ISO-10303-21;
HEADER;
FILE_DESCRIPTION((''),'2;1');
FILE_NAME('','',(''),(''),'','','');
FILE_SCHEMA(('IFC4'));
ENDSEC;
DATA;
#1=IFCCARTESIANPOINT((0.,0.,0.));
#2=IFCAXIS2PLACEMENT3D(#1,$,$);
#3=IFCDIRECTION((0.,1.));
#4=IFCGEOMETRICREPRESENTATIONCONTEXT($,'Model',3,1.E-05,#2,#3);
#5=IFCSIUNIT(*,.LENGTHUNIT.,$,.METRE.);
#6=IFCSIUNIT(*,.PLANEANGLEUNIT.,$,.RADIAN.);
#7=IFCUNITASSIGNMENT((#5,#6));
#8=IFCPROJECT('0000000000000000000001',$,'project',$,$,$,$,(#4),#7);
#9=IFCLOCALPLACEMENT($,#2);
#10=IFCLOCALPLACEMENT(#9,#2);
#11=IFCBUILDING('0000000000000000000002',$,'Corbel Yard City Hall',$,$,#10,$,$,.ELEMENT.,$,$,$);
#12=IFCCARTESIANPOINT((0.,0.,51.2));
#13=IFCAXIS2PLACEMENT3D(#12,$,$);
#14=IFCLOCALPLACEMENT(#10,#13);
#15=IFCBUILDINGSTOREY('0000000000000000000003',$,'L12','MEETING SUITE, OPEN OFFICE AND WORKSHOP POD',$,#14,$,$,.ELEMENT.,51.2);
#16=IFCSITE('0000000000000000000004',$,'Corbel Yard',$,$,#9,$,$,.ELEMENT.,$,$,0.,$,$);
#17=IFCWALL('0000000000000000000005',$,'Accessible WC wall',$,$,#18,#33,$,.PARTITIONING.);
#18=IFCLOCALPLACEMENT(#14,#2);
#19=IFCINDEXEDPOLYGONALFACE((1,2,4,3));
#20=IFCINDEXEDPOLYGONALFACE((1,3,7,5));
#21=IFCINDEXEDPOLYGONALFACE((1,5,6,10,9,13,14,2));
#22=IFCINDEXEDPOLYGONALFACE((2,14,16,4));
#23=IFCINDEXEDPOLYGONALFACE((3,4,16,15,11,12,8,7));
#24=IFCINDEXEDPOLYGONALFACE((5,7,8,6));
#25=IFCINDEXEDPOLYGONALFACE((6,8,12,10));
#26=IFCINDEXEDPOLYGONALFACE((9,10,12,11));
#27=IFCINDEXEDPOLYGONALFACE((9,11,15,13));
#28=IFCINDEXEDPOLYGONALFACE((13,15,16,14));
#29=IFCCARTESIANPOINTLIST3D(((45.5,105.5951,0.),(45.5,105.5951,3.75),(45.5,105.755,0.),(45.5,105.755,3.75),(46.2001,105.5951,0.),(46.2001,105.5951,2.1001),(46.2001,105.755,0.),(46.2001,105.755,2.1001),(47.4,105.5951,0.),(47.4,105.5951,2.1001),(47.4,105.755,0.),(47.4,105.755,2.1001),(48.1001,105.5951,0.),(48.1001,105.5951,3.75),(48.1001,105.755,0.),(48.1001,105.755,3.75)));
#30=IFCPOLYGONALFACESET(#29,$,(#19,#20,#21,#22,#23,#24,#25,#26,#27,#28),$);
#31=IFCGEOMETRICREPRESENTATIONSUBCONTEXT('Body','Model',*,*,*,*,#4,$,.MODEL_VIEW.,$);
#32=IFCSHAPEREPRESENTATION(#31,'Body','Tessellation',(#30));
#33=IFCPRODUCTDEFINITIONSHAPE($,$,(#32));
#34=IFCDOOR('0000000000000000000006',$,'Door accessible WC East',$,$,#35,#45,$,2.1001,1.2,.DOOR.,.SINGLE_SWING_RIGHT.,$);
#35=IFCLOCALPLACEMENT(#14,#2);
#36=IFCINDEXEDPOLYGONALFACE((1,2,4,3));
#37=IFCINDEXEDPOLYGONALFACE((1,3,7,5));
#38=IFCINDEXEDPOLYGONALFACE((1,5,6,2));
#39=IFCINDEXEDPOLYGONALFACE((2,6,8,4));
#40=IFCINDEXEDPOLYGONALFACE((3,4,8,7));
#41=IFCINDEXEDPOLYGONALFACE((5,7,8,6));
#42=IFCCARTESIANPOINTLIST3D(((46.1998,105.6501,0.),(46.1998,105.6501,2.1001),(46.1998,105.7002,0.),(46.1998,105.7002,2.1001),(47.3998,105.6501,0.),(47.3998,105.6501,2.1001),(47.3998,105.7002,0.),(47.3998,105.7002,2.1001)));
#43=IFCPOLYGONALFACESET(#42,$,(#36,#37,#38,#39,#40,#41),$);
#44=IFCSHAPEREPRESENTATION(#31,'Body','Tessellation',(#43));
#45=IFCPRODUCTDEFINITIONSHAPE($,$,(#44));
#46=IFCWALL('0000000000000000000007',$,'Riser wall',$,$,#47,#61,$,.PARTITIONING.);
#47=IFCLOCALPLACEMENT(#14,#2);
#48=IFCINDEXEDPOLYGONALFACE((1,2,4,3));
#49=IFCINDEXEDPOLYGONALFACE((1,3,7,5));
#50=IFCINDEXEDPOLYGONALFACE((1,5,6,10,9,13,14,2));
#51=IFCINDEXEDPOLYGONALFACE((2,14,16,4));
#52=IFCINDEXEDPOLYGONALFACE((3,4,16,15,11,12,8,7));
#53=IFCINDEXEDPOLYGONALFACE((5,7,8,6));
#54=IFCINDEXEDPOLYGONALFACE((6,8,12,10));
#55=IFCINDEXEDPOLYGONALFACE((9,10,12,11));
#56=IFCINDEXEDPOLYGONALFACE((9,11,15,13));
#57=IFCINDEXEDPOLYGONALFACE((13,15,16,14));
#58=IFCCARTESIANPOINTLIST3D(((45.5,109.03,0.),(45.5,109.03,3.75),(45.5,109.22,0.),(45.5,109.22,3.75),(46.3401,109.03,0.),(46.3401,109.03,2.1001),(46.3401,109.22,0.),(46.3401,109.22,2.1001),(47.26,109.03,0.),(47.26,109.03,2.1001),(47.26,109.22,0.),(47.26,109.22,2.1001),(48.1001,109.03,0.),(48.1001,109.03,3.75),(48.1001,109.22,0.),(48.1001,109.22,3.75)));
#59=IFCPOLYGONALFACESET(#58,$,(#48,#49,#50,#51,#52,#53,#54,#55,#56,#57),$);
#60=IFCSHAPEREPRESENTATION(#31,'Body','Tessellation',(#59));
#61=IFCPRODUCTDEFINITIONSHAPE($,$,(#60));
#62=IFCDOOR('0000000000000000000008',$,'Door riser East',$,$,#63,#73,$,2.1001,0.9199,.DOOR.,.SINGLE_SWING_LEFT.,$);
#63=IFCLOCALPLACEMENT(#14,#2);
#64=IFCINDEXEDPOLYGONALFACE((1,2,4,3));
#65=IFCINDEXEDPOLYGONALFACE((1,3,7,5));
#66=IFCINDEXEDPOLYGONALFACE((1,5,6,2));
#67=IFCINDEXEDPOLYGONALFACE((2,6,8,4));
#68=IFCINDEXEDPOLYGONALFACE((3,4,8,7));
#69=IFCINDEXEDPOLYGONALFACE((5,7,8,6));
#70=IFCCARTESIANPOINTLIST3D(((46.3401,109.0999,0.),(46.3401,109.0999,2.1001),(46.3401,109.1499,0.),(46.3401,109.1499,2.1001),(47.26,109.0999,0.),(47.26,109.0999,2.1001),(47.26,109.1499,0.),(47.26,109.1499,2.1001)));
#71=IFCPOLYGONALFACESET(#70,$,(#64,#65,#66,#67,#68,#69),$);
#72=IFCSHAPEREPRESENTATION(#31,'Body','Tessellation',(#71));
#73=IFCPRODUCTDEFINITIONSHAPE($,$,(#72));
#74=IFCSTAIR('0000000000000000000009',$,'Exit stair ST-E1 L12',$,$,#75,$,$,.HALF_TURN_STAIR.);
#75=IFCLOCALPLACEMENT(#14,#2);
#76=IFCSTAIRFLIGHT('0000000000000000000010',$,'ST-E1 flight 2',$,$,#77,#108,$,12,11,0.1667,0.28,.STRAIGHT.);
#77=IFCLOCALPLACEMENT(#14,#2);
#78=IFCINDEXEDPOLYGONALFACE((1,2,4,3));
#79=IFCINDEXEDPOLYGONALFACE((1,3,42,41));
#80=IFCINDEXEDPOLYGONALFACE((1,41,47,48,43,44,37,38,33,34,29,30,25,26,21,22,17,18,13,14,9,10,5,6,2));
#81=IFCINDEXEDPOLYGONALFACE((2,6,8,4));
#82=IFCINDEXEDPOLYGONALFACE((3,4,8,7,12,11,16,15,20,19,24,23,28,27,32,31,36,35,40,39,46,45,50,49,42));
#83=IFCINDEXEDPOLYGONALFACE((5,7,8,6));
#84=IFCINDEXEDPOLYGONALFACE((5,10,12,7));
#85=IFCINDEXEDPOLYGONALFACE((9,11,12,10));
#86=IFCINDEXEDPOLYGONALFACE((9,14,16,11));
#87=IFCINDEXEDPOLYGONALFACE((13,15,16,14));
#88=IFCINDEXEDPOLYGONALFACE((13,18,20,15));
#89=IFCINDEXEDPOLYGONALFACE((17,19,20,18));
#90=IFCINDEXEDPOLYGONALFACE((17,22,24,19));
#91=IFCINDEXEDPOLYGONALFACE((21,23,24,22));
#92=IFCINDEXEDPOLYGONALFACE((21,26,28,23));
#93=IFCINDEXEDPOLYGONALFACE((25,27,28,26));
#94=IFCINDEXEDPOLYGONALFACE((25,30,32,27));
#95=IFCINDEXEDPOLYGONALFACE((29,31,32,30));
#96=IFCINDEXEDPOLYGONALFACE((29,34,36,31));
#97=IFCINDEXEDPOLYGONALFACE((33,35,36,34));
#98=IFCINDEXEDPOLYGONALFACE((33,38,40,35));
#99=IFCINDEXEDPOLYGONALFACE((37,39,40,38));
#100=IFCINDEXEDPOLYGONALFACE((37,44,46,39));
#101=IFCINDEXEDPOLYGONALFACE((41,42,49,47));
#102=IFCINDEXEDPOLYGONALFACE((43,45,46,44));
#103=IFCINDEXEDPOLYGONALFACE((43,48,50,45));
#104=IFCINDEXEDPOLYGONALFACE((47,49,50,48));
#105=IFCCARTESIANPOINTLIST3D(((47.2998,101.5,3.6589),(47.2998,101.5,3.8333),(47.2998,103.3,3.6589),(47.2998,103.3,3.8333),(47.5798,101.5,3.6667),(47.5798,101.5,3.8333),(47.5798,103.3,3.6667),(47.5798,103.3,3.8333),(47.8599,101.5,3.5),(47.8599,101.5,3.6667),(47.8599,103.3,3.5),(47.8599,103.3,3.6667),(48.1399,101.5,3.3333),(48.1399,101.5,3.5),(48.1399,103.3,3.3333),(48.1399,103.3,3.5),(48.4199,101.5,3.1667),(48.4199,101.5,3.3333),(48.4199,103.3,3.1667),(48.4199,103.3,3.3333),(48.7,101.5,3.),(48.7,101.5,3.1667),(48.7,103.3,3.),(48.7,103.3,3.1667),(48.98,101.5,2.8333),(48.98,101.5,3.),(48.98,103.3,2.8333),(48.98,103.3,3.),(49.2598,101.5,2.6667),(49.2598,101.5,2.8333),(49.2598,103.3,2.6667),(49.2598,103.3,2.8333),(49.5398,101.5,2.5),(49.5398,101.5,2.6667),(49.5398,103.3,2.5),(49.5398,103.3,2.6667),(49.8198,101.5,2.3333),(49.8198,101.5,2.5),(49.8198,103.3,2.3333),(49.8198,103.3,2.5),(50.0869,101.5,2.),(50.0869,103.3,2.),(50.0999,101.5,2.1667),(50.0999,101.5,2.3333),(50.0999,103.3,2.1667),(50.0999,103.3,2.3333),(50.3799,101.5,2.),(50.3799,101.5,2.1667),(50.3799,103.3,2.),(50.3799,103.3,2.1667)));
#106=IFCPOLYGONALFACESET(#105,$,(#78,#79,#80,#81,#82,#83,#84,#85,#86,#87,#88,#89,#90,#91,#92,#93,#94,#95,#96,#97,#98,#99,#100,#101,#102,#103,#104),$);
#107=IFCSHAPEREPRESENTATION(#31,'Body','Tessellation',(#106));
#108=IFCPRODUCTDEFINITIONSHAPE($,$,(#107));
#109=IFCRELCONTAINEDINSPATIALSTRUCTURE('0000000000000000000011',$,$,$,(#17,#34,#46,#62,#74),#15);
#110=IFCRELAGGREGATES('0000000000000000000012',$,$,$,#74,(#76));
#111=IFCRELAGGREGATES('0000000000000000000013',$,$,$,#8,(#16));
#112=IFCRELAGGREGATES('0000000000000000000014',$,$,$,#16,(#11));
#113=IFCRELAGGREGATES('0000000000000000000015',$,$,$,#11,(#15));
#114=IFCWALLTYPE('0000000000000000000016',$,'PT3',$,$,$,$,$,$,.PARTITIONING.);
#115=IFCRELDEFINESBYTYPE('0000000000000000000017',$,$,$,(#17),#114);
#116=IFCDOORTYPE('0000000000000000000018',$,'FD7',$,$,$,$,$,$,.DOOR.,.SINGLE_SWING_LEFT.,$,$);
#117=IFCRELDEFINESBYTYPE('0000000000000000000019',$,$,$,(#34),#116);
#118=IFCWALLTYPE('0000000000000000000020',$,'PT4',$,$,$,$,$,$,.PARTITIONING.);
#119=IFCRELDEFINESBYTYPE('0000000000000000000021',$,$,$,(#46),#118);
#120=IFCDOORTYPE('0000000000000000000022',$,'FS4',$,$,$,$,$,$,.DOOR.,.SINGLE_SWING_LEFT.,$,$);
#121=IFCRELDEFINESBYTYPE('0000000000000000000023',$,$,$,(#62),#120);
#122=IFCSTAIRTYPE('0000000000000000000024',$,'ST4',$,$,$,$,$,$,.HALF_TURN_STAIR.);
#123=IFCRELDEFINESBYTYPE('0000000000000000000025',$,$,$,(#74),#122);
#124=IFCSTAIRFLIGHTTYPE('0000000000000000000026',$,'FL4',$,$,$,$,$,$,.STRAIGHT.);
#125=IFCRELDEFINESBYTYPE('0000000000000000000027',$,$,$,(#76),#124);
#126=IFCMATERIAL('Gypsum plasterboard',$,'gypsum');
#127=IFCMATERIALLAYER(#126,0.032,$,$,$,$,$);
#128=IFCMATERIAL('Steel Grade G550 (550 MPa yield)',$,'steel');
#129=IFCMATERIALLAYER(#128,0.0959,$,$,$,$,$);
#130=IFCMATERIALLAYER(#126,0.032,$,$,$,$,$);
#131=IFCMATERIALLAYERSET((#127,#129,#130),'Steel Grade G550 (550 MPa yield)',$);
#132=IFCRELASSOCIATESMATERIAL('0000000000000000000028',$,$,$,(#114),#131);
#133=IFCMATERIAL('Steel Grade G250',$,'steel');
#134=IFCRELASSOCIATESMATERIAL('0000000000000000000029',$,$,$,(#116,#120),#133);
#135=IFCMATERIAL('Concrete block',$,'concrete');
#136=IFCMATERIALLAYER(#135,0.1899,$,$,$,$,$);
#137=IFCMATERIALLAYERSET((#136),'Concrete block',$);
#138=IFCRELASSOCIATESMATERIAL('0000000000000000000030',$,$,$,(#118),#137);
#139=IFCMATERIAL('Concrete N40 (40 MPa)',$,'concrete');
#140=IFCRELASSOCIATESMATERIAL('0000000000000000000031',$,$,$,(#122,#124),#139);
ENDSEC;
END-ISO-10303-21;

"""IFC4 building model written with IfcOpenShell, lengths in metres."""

from ifc_helpers import new_model, si_unit, direction, frame, frame_2d, origin, place, context, subcontext, project, spatial, polyline, rectangle, outline, extrude, material, layer, layer_set, type_object, element, fill, aggregate, save


model = new_model("IFC4")

# Units and contexts
model_context = context("Model", 3, precision=1e-05, world=origin(), true_north=direction((0.0, 1.0)))
body_context = subcontext(model_context, "Body", "Model", "MODEL_VIEW")
ifc_project = project(units=[si_unit("LENGTHUNIT", "METRE"), si_unit("PLANEANGLEUNIT", "RADIAN")], contexts=[model_context])

# Site, building, storey
site_placement = place(None, origin())
site = spatial("IfcSite", under=ifc_project, at=site_placement, Name="Corbel Yard", CompositionType="ELEMENT", RefElevation=0.0)
building_placement = place(site_placement, origin())
building = spatial("IfcBuilding", under=site, at=building_placement, Name="Corbel Yard City Hall", CompositionType="ELEMENT")
storey_placement = place(building_placement, frame((0.0, 0.0, 51.2)))
storey = spatial("IfcBuildingStorey", under=building, at=storey_placement, Name="L12", Description="MEETING SUITE, OPEN OFFICE AND WORKSHOP POD", CompositionType="ELEMENT", Elevation=51.2)

# Shared definitions
ifc_material_1 = material(Name="Concrete N40 (40 MPa)", Category="concrete")

# Walls, openings, doors
ifc_material_2 = material(Name="Gypsum plasterboard", Category="gypsum")
ifc_layer_1 = layer(ifc_material_2, 0.032)
ifc_material_3 = material(Name="Steel Grade G550 (550 MPa yield)", Category="steel")
ifc_layer_2 = layer(ifc_material_3, 0.0959)
ifc_layer_3 = layer(ifc_material_2, 0.032)
ifc_layer_set_1 = layer_set([ifc_layer_1, ifc_layer_2, ifc_layer_3], Name="Steel Grade G550 (550 MPa yield)")
wall_type_1 = type_object("IfcWallType", Name="PT3", PredefinedType="PARTITIONING", material=ifc_layer_set_1)
wall_1_placement = place(storey_placement, frame((45.5, 105.675, 0.0), z_axis=(0.0, 0.0, 1.0), x_axis=(1.0, 0.0, 0.0)))
wall_1 = element("IfcWall", 1, at=wall_1_placement, inside=storey, type_object=wall_type_1, Name="Accessible WC wall", PredefinedType="PARTITIONING", context=body_context, shape_type="SweptSolid", body=[
    extrude(rectangle(XDim=2.6001, YDim=0.1599, at=frame_2d((1.3, 0.0))), origin(), (0.0, 0.0, 1.0), 3.75),
])
opening_1_placement = place(wall_1_placement, frame((0.7, 0.0, 0.0)))
opening_1 = element("IfcOpeningElement", 2, at=opening_1_placement, cuts=wall_1, PredefinedType="OPENING", context=body_context, shape_type="SweptSolid", body=[
    extrude(rectangle(XDim=1.2, YDim=2.1001, at=frame_2d((0.6001, 1.05))), frame((0.0, 0.0898, 0.0), z_axis=(0.0, -1.0, 0.0), x_axis=(1.0, 0.0, 0.0)), (0.0, 0.0, 1.0), 0.1799),
])
ifc_material_4 = material(Name="Steel Grade G250", Category="steel")
door_type_1 = type_object("IfcDoorType", Name="FD7", OperationType="SINGLE_SWING_LEFT", PredefinedType="DOOR", material=ifc_material_4)
door_1_placement = place(opening_1_placement, frame((1.2, 0.0, 0.0), z_axis=(0.0, 0.0, 1.0), x_axis=(-1.0, 0.0, 0.0)))
door_1 = element("IfcDoor", 3, at=door_1_placement, inside=storey, type_object=door_type_1, Name="Door accessible WC East", OperationType="SINGLE_SWING_RIGHT", OverallHeight=2.1001, OverallWidth=1.2, PredefinedType="DOOR", context=body_context, shape_type="SweptSolid", body=[
    extrude(rectangle(XDim=1.2, YDim=2.1001, at=frame_2d((0.6001, 1.05))), frame((0.0, 0.0249, 0.0), z_axis=(0.0, -1.0, 0.0), x_axis=(1.0, 0.0, 0.0)), (0.0, 0.0, 1.0), 0.05),
])
fill(opening_1, door_1)
ifc_material_5 = material(Name="Concrete block", Category="concrete")
ifc_layer_4 = layer(ifc_material_5, 0.1899)
ifc_layer_set_2 = layer_set([ifc_layer_4], Name="Concrete block")
wall_type_2 = type_object("IfcWallType", Name="PT4", PredefinedType="PARTITIONING", material=ifc_layer_set_2)
wall_2_placement = place(storey_placement, frame((45.5, 109.125, 0.0), z_axis=(0.0, 0.0, 1.0), x_axis=(1.0, 0.0, 0.0)))
wall_2 = element("IfcWall", 4, at=wall_2_placement, inside=storey, type_object=wall_type_2, Name="Riser wall", PredefinedType="PARTITIONING", context=body_context, shape_type="SweptSolid", body=[
    extrude(rectangle(XDim=2.6001, YDim=0.1899, at=frame_2d((1.3, 0.0))), origin(), (0.0, 0.0, 1.0), 3.75),
])
opening_2_placement = place(wall_2_placement, frame((0.8401, 0.0, 0.0)))
opening_2 = element("IfcOpeningElement", 5, at=opening_2_placement, cuts=wall_2, PredefinedType="OPENING", context=body_context, shape_type="SweptSolid", body=[
    extrude(rectangle(XDim=0.9199, YDim=2.1001, at=frame_2d((0.46, 1.05))), frame((0.0, 0.105, 0.0), z_axis=(0.0, -1.0, 0.0), x_axis=(1.0, 0.0, 0.0)), (0.0, 0.0, 1.0), 0.21),
])
door_type_2 = type_object("IfcDoorType", Name="FS4", OperationType="SINGLE_SWING_LEFT", PredefinedType="DOOR", material=ifc_material_4)
door_2_placement = place(opening_2_placement, origin())
door_2 = element("IfcDoor", 6, at=door_2_placement, inside=storey, type_object=door_type_2, Name="Door riser East", OperationType="SINGLE_SWING_LEFT", OverallHeight=2.1001, OverallWidth=0.9199, PredefinedType="DOOR", context=body_context, shape_type="SweptSolid", body=[
    extrude(rectangle(XDim=0.9199, YDim=2.1001, at=frame_2d((0.46, 1.05))), frame((0.0, 0.0249, 0.0), z_axis=(0.0, -1.0, 0.0), x_axis=(1.0, 0.0, 0.0)), (0.0, 0.0, 1.0), 0.05),
])
fill(opening_2, door_2)

# Stair, stair flight
stair_type = type_object("IfcStairType", Name="ST4", PredefinedType="HALF_TURN_STAIR", material=ifc_material_1)
stair_placement = place(storey_placement, origin())
stair = element("IfcStair", 7, at=stair_placement, inside=storey, type_object=stair_type, Name="Exit stair ST-E1 L12", PredefinedType="HALF_TURN_STAIR")
stair_flight_type = type_object("IfcStairFlightType", Name="FL4", PredefinedType="STRAIGHT", material=ifc_material_1)
stair_flight_placement = place(storey_placement, frame((50.3799, 102.3999, 2.0), z_axis=(0.0, 0.0, 1.0), x_axis=(-1.0, 0.0, 0.0)))
stair_flight = element("IfcStairFlight", 8, at=stair_flight_placement, type_object=stair_flight_type, Name="ST-E1 flight 2", NumberOfRisers=12, NumberOfTreads=11, PredefinedType="STRAIGHT", RiserHeight=0.1667, TreadLength=0.28, context=body_context, shape_type="SweptSolid", body=[
    extrude(outline(polyline([(0.0, 0.0), (0.0, 0.1667), (0.28, 0.1667), (0.28, 0.3333), (0.5601, 0.3333), (0.5601, 0.5), (0.8401, 0.5), (0.8401, 0.6667), (1.1201, 0.6667), (1.1201, 0.8333), (1.3999, 0.8333), (1.3999, 1.0), (1.6799, 1.0), (1.6799, 1.1667), (1.96, 1.1667), (1.96, 1.3333), (2.24, 1.3333), (2.24, 1.5), (2.52, 1.5), (2.52, 1.6667), (2.8, 1.6667), (2.8, 1.8333), (3.0801, 1.8333), (3.0801, 2.0), (3.0801, 1.6589), (0.293, 0.0), (0.0, 0.0)])), frame((0.0, 0.8999, 0.0), z_axis=(0.0, -1.0, 0.0), x_axis=(1.0, 0.0, 0.0)), (0.0, 0.0, 1.0), 1.8),
])
aggregate(stair, [stair_flight])

save(model, "model.ifc")
